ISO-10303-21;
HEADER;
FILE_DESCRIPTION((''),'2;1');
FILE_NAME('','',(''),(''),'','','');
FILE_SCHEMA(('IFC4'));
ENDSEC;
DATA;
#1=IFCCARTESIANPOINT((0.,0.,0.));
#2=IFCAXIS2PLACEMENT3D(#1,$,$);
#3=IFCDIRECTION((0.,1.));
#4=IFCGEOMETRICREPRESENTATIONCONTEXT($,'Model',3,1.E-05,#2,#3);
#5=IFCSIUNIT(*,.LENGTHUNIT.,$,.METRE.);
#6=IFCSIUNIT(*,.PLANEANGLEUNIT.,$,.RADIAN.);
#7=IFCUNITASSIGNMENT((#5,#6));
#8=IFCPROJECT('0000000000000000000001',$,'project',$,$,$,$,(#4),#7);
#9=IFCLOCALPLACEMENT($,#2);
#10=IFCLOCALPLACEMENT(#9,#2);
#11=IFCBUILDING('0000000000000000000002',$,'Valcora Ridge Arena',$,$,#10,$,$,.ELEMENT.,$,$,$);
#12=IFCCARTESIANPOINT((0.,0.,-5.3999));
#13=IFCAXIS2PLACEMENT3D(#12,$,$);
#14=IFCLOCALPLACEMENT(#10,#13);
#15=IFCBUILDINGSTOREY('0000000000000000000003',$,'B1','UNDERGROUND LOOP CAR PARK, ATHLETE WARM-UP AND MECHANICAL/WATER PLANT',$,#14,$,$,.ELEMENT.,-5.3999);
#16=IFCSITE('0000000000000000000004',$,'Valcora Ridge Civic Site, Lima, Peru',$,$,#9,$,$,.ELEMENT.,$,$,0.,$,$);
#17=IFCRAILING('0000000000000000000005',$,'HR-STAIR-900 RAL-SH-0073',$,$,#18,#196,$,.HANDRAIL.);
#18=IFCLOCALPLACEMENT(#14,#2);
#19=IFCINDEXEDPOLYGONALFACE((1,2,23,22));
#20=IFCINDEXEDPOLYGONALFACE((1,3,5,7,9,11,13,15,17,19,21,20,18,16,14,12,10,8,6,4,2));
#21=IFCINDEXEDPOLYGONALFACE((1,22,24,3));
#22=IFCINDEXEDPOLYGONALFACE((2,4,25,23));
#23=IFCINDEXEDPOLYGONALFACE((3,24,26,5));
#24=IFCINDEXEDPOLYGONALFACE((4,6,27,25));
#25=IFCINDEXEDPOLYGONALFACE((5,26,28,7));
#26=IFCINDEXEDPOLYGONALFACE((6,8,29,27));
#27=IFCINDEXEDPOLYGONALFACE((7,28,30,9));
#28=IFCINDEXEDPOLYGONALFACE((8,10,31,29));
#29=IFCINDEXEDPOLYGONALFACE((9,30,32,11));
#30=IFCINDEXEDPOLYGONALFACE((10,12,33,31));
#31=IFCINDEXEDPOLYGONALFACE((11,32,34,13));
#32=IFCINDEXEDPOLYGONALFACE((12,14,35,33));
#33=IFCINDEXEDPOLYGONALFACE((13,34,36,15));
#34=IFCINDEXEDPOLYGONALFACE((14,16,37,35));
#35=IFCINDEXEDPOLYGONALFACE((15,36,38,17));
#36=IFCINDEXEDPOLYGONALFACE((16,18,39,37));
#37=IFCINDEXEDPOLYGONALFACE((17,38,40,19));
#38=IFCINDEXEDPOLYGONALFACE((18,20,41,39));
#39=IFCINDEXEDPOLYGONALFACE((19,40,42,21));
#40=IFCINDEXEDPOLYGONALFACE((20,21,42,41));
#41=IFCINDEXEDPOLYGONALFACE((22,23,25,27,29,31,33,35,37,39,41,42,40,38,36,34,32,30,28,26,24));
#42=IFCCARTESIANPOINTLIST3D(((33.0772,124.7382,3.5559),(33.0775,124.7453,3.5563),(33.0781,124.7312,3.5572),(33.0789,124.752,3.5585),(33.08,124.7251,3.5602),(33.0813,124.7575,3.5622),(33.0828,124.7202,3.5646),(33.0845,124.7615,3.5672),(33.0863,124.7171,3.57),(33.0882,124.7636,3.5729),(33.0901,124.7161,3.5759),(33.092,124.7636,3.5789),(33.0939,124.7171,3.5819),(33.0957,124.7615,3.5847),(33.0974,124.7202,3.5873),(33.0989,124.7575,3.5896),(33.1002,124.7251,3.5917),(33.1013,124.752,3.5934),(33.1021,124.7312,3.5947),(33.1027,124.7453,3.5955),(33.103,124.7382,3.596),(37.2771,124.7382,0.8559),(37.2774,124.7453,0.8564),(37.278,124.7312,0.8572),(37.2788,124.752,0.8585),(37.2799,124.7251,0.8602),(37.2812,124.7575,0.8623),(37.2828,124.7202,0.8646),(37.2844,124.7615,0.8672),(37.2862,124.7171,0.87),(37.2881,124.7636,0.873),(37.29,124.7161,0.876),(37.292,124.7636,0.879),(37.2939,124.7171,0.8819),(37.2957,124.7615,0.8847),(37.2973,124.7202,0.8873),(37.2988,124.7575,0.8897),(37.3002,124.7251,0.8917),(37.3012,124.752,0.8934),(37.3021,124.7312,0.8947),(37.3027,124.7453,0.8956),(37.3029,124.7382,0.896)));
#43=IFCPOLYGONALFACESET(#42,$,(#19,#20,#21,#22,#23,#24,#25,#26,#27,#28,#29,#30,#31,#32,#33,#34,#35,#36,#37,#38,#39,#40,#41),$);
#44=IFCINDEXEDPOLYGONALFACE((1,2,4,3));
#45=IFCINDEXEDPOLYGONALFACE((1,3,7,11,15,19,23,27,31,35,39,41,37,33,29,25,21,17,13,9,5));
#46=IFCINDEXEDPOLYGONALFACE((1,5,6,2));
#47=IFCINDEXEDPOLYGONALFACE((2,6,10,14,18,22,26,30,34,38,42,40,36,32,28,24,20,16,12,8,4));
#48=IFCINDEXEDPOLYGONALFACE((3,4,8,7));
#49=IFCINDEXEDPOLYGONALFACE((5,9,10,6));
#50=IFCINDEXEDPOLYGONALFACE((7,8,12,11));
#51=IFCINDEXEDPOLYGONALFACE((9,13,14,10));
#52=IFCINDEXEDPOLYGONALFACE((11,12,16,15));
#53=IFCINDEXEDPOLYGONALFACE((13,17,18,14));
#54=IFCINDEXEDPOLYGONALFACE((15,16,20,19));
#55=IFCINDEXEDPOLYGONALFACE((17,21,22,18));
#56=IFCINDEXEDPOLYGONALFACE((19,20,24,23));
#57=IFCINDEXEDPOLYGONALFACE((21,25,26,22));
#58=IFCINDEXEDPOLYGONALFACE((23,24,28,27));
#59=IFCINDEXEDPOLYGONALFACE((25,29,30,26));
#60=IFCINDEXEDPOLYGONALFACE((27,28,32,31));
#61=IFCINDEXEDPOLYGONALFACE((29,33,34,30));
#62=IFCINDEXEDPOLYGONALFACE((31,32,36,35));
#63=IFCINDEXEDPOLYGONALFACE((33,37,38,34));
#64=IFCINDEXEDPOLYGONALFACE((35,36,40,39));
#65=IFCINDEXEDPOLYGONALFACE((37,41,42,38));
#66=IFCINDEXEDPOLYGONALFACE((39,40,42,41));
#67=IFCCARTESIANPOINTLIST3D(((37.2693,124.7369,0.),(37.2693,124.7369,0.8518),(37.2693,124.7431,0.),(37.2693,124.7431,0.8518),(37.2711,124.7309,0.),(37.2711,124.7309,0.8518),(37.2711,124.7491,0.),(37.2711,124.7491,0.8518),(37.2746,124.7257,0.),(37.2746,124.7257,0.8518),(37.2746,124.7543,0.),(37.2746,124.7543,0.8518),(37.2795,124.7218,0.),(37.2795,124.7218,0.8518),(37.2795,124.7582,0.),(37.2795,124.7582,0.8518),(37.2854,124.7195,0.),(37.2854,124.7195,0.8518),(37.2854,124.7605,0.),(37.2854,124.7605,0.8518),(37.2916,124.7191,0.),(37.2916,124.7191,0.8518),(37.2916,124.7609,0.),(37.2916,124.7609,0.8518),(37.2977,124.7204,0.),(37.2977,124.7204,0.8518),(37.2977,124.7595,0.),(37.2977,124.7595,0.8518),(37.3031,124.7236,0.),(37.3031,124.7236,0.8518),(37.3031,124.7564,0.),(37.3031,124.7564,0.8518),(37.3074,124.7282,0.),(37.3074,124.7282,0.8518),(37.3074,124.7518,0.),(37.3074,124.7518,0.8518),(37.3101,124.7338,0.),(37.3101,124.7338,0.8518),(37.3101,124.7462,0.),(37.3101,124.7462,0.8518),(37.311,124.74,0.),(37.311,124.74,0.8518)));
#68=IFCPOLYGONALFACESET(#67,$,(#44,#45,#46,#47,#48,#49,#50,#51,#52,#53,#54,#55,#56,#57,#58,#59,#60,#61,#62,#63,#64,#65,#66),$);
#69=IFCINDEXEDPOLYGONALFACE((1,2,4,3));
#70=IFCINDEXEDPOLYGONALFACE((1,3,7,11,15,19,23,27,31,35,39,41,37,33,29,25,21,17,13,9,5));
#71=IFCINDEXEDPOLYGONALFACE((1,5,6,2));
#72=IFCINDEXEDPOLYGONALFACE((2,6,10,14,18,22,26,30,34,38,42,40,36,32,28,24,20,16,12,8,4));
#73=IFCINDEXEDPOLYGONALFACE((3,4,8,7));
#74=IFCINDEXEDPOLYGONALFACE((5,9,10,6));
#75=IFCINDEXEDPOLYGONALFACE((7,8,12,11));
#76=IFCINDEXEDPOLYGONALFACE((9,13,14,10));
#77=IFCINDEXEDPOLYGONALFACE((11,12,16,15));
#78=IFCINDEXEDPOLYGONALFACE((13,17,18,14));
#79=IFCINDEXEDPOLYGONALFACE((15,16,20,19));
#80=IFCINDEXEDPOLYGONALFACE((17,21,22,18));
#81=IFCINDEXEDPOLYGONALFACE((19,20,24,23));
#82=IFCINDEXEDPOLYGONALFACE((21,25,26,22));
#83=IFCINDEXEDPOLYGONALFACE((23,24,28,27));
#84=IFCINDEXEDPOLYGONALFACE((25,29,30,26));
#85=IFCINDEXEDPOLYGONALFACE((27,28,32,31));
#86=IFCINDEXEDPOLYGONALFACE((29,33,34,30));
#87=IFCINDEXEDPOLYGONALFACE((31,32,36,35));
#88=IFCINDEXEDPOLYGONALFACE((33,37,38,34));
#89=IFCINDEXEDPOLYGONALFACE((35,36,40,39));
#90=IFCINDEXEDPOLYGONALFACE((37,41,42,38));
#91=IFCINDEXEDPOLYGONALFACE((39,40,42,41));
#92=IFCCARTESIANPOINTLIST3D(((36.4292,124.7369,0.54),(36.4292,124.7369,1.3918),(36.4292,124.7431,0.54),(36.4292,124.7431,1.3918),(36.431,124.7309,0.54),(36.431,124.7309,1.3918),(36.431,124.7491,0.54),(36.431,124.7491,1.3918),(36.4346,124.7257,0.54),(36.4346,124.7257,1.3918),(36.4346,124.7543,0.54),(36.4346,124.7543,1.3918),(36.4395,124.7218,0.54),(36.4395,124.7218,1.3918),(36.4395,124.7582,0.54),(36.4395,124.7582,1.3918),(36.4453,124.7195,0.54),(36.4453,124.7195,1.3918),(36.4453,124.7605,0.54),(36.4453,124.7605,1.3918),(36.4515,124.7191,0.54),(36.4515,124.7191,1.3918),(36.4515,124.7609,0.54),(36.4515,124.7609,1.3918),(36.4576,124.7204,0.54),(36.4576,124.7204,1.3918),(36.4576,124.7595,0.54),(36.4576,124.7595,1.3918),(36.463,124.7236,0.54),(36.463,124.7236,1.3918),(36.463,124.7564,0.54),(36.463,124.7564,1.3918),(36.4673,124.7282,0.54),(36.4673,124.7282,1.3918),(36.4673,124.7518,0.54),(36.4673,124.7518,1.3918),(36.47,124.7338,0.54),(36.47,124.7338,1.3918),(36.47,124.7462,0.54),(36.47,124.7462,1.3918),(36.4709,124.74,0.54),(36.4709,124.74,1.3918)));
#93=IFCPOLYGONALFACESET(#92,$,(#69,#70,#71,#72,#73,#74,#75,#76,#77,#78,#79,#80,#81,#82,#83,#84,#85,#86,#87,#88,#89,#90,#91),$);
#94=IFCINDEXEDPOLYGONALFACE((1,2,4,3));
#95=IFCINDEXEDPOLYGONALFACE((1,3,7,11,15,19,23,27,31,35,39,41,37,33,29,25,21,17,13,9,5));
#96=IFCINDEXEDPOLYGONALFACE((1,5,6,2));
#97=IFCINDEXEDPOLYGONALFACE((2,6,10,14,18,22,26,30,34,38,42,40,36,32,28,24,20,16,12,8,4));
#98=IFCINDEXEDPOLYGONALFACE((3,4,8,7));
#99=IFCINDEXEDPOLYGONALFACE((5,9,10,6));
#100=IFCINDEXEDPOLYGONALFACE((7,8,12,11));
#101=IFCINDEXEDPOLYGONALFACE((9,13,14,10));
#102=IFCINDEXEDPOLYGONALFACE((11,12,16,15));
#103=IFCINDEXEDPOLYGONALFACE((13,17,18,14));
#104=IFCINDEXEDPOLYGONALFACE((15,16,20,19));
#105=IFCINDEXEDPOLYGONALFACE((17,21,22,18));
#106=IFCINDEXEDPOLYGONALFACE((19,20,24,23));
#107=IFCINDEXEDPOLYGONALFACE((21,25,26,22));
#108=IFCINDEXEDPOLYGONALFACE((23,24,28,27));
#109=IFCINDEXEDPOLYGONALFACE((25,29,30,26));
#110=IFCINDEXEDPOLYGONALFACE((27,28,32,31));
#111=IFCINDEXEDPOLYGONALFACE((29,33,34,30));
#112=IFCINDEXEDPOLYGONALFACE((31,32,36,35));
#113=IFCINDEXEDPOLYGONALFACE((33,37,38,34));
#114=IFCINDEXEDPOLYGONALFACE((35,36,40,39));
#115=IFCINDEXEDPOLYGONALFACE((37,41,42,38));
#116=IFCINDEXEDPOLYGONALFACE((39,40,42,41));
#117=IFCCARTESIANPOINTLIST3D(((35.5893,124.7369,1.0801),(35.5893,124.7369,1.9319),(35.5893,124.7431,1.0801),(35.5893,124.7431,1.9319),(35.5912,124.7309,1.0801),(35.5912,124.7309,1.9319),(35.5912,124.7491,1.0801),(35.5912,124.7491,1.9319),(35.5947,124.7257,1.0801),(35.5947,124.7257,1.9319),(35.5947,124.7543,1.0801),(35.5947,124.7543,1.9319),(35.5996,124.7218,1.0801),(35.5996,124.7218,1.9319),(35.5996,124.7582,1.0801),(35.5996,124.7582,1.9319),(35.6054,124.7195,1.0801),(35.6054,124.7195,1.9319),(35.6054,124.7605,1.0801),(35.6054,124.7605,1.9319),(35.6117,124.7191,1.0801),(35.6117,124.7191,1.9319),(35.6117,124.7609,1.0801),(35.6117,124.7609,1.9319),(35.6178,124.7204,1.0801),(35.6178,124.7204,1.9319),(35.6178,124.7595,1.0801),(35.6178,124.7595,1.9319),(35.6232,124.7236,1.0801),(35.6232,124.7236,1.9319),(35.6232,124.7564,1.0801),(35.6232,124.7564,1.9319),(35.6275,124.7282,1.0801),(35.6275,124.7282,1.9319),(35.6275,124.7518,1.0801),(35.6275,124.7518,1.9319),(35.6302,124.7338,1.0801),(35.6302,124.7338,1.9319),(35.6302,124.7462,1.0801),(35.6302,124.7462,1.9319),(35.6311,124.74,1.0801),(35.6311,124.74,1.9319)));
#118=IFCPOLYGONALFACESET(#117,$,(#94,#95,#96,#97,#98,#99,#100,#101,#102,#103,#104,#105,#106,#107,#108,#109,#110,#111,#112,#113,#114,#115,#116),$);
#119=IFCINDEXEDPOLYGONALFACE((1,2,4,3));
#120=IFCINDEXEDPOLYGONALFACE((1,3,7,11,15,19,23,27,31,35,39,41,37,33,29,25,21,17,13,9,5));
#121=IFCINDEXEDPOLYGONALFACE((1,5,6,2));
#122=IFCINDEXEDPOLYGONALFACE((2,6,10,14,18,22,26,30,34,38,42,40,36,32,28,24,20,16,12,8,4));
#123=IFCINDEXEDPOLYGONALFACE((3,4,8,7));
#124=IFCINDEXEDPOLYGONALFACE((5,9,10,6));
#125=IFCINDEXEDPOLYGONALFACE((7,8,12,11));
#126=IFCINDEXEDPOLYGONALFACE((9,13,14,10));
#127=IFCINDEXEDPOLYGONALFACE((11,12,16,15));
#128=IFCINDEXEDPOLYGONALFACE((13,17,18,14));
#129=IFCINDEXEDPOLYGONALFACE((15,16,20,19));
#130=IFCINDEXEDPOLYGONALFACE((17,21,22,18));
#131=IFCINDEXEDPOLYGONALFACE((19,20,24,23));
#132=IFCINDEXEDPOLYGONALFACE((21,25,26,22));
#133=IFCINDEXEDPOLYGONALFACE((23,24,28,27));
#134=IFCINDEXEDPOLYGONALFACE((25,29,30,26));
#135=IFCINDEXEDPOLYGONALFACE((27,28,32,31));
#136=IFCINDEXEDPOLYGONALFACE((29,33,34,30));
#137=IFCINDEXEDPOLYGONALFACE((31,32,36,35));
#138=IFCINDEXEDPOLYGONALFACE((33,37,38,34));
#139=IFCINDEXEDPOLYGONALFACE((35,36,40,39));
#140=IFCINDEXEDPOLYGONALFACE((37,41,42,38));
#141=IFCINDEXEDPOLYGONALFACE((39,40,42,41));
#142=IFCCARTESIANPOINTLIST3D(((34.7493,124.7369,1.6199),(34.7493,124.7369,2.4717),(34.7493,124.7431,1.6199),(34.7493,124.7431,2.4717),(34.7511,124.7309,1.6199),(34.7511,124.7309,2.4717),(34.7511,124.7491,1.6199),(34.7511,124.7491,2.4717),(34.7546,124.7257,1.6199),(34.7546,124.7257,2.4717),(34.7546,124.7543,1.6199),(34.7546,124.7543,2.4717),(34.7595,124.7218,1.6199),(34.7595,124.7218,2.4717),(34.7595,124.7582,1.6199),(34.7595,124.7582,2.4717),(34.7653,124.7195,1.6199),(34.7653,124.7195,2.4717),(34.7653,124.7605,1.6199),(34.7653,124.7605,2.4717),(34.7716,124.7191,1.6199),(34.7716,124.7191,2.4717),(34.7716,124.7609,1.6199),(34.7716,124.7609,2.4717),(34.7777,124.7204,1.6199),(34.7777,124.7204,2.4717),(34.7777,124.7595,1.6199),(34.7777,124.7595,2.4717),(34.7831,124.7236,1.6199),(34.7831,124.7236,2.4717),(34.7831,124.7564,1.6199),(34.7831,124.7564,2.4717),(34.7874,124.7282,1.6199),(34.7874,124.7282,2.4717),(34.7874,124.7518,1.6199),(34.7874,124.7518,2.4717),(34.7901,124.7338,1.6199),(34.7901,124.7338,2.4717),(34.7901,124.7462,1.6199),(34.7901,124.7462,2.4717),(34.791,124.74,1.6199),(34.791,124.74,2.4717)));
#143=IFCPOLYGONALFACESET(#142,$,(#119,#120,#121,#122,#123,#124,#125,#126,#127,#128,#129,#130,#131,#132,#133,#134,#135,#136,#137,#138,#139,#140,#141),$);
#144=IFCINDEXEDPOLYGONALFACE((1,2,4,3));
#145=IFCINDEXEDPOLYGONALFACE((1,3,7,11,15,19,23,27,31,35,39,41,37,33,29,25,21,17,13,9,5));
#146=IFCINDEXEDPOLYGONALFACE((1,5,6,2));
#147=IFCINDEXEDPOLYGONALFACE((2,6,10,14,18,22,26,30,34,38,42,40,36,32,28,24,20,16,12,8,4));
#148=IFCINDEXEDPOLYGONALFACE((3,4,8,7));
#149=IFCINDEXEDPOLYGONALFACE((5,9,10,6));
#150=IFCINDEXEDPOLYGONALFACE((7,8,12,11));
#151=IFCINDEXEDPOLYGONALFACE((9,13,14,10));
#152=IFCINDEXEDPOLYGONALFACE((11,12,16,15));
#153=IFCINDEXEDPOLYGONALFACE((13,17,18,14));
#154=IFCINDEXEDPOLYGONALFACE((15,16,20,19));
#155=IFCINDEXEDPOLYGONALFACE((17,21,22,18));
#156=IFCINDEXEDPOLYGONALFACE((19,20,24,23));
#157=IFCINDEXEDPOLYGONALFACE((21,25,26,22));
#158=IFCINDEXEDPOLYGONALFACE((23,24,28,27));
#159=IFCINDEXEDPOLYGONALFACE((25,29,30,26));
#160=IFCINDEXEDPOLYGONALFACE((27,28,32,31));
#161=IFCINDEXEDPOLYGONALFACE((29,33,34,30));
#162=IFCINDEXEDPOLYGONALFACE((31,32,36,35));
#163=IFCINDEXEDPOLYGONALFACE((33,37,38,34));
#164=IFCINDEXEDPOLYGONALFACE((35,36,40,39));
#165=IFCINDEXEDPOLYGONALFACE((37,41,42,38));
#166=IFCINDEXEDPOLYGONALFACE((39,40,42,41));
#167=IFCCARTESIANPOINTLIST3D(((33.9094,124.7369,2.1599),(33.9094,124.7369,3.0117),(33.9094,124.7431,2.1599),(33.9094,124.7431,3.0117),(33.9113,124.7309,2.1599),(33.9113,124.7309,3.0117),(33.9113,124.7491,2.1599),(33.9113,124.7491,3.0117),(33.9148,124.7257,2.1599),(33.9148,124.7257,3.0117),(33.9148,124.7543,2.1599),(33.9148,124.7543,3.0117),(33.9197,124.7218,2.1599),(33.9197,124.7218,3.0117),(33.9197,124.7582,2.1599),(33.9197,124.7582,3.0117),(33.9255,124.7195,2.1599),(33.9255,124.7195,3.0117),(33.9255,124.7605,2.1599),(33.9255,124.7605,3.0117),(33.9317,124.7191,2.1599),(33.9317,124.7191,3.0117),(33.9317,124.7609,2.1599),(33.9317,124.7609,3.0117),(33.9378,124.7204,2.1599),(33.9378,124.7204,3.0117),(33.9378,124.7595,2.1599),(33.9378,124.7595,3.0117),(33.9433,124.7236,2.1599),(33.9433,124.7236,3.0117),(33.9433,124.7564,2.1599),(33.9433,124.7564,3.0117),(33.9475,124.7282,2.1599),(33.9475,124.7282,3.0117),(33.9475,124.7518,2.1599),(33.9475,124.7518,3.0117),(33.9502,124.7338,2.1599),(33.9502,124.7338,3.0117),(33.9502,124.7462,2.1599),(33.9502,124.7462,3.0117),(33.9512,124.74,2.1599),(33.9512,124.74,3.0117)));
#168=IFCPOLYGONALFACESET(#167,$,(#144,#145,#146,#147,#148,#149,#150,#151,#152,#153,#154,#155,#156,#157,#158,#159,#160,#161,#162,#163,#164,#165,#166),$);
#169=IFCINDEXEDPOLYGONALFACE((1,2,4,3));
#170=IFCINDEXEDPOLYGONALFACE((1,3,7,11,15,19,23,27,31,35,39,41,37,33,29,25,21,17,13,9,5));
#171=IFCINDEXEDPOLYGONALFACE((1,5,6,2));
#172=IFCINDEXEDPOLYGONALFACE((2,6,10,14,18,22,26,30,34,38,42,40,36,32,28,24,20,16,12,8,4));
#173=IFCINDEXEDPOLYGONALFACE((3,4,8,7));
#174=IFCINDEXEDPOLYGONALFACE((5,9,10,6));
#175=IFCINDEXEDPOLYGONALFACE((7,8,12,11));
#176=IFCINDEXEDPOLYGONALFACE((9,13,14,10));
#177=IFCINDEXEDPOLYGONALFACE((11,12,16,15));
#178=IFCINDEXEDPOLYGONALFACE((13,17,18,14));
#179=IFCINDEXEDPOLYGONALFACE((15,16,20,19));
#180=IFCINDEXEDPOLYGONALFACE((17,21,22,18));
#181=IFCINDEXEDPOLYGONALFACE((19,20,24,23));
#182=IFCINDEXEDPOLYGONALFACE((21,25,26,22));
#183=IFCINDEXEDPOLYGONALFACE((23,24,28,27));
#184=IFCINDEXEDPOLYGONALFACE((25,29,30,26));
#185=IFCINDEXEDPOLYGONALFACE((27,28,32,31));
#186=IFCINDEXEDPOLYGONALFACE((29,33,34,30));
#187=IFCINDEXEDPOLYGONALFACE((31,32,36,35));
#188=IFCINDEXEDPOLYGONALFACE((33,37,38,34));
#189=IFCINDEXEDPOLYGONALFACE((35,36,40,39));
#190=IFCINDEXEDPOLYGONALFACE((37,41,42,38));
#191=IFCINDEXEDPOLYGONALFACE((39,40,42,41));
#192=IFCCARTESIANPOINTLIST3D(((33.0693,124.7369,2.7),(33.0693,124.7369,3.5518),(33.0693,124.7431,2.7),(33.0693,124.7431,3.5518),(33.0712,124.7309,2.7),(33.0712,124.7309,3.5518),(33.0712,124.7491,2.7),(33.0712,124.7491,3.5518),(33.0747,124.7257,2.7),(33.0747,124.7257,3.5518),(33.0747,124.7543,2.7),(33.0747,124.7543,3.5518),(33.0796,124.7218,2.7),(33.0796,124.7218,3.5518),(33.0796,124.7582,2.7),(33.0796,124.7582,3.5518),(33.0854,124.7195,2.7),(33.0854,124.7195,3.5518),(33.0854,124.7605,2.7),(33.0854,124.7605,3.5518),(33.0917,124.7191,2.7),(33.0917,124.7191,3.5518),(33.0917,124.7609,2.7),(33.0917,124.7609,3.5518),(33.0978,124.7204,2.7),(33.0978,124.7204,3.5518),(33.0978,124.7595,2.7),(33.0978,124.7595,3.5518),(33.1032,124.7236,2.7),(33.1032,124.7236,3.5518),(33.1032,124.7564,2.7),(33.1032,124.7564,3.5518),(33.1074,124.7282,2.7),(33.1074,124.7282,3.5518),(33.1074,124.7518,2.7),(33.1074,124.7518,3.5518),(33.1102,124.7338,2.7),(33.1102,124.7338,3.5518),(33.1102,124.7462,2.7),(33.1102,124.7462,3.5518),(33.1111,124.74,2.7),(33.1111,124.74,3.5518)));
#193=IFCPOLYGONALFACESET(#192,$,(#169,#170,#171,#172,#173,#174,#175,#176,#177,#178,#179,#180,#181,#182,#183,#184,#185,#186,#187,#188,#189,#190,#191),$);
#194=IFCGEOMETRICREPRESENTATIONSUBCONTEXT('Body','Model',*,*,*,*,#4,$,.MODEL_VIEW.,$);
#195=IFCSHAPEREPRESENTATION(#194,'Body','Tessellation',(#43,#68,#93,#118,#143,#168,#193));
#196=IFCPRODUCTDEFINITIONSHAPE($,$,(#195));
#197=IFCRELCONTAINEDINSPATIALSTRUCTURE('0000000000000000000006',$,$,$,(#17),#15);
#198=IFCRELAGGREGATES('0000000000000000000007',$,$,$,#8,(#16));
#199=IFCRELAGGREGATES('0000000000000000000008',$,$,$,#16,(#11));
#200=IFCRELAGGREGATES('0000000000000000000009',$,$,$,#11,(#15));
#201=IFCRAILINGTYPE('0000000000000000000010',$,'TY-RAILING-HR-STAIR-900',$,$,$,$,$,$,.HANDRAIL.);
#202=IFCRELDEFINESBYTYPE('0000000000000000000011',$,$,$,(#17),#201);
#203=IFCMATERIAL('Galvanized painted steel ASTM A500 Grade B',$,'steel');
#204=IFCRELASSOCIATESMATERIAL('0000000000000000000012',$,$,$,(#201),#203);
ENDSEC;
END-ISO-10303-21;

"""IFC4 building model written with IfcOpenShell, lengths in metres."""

from ifc_helpers import new_model, si_unit, direction, frame, origin, origin_2d, place, context, subcontext, project, spatial, circle, extrude, material, type_object, element, save


model = new_model("IFC4")

# Units and contexts
model_context = context("Model", 3, precision=1e-05, world=origin(), true_north=direction((0.0, 1.0)))
body_context = subcontext(model_context, "Body", "Model", "MODEL_VIEW")
ifc_project = project(units=[si_unit("LENGTHUNIT", "METRE"), si_unit("PLANEANGLEUNIT", "RADIAN")], contexts=[model_context])

# Site, building, storey
site_placement = place(None, origin())
site = spatial("IfcSite", under=ifc_project, at=site_placement, Name="Valcora Ridge Civic Site, Lima, Peru", CompositionType="ELEMENT", RefElevation=0.0)
building_placement = place(site_placement, origin())
building = spatial("IfcBuilding", under=site, at=building_placement, Name="Valcora Ridge Arena", CompositionType="ELEMENT")
storey_placement = place(building_placement, frame((0.0, 0.0, -5.3999)))
storey = spatial("IfcBuildingStorey", under=building, at=storey_placement, Name="B1", Description="UNDERGROUND LOOP CAR PARK, ATHLETE WARM-UP AND MECHANICAL/WATER PLANT", CompositionType="ELEMENT", Elevation=-5.3999)

# Railing
ifc_material_1 = material(Name="Galvanized painted steel ASTM A500 Grade B", Category="steel")
railing_type_1 = type_object("IfcRailingType", Name="TY-RAILING-HR-STAIR-900", PredefinedType="HANDRAIL", material=ifc_material_1)
railing_1_placement = place(storey_placement, frame((37.29, 124.74, 0.0)))
element("IfcRailing", 1, at=railing_1_placement, inside=storey, type_object=railing_type_1, Name="HR-STAIR-900 RAL-SH-0073", PredefinedType="HANDRAIL", context=body_context, shape_type="SweptSolid", body=[
    extrude(circle(Radius=0.0239, at=origin_2d()), frame((0.0, 0.0, 0.876), z_axis=(-0.84118, 0.0, 0.540755), x_axis=(0.0, -1.0, 0.0)), (0.0, 0.0, 1.0), 4.9929),
    extrude(circle(Radius=0.021, at=origin_2d()), origin(), (0.0, 0.0, 1.0), 0.8518),
    extrude(circle(Radius=0.021, at=origin_2d()), frame((-0.8401, 0.0, 0.54)), (0.0, 0.0, 1.0), 0.8518),
    extrude(circle(Radius=0.021, at=origin_2d()), frame((-1.6799, 0.0, 1.0801)), (0.0, 0.0, 1.0), 0.8518),
    extrude(circle(Radius=0.021, at=origin_2d()), frame((-2.52, 0.0, 1.6199)), (0.0, 0.0, 1.0), 0.8518),
    extrude(circle(Radius=0.021, at=origin_2d()), frame((-3.3599, 0.0, 2.1599)), (0.0, 0.0, 1.0), 0.8518),
    extrude(circle(Radius=0.021, at=origin_2d()), frame((-4.2, 0.0, 2.7)), (0.0, 0.0, 1.0), 0.8518),
])

save(model, "model.ifc")
